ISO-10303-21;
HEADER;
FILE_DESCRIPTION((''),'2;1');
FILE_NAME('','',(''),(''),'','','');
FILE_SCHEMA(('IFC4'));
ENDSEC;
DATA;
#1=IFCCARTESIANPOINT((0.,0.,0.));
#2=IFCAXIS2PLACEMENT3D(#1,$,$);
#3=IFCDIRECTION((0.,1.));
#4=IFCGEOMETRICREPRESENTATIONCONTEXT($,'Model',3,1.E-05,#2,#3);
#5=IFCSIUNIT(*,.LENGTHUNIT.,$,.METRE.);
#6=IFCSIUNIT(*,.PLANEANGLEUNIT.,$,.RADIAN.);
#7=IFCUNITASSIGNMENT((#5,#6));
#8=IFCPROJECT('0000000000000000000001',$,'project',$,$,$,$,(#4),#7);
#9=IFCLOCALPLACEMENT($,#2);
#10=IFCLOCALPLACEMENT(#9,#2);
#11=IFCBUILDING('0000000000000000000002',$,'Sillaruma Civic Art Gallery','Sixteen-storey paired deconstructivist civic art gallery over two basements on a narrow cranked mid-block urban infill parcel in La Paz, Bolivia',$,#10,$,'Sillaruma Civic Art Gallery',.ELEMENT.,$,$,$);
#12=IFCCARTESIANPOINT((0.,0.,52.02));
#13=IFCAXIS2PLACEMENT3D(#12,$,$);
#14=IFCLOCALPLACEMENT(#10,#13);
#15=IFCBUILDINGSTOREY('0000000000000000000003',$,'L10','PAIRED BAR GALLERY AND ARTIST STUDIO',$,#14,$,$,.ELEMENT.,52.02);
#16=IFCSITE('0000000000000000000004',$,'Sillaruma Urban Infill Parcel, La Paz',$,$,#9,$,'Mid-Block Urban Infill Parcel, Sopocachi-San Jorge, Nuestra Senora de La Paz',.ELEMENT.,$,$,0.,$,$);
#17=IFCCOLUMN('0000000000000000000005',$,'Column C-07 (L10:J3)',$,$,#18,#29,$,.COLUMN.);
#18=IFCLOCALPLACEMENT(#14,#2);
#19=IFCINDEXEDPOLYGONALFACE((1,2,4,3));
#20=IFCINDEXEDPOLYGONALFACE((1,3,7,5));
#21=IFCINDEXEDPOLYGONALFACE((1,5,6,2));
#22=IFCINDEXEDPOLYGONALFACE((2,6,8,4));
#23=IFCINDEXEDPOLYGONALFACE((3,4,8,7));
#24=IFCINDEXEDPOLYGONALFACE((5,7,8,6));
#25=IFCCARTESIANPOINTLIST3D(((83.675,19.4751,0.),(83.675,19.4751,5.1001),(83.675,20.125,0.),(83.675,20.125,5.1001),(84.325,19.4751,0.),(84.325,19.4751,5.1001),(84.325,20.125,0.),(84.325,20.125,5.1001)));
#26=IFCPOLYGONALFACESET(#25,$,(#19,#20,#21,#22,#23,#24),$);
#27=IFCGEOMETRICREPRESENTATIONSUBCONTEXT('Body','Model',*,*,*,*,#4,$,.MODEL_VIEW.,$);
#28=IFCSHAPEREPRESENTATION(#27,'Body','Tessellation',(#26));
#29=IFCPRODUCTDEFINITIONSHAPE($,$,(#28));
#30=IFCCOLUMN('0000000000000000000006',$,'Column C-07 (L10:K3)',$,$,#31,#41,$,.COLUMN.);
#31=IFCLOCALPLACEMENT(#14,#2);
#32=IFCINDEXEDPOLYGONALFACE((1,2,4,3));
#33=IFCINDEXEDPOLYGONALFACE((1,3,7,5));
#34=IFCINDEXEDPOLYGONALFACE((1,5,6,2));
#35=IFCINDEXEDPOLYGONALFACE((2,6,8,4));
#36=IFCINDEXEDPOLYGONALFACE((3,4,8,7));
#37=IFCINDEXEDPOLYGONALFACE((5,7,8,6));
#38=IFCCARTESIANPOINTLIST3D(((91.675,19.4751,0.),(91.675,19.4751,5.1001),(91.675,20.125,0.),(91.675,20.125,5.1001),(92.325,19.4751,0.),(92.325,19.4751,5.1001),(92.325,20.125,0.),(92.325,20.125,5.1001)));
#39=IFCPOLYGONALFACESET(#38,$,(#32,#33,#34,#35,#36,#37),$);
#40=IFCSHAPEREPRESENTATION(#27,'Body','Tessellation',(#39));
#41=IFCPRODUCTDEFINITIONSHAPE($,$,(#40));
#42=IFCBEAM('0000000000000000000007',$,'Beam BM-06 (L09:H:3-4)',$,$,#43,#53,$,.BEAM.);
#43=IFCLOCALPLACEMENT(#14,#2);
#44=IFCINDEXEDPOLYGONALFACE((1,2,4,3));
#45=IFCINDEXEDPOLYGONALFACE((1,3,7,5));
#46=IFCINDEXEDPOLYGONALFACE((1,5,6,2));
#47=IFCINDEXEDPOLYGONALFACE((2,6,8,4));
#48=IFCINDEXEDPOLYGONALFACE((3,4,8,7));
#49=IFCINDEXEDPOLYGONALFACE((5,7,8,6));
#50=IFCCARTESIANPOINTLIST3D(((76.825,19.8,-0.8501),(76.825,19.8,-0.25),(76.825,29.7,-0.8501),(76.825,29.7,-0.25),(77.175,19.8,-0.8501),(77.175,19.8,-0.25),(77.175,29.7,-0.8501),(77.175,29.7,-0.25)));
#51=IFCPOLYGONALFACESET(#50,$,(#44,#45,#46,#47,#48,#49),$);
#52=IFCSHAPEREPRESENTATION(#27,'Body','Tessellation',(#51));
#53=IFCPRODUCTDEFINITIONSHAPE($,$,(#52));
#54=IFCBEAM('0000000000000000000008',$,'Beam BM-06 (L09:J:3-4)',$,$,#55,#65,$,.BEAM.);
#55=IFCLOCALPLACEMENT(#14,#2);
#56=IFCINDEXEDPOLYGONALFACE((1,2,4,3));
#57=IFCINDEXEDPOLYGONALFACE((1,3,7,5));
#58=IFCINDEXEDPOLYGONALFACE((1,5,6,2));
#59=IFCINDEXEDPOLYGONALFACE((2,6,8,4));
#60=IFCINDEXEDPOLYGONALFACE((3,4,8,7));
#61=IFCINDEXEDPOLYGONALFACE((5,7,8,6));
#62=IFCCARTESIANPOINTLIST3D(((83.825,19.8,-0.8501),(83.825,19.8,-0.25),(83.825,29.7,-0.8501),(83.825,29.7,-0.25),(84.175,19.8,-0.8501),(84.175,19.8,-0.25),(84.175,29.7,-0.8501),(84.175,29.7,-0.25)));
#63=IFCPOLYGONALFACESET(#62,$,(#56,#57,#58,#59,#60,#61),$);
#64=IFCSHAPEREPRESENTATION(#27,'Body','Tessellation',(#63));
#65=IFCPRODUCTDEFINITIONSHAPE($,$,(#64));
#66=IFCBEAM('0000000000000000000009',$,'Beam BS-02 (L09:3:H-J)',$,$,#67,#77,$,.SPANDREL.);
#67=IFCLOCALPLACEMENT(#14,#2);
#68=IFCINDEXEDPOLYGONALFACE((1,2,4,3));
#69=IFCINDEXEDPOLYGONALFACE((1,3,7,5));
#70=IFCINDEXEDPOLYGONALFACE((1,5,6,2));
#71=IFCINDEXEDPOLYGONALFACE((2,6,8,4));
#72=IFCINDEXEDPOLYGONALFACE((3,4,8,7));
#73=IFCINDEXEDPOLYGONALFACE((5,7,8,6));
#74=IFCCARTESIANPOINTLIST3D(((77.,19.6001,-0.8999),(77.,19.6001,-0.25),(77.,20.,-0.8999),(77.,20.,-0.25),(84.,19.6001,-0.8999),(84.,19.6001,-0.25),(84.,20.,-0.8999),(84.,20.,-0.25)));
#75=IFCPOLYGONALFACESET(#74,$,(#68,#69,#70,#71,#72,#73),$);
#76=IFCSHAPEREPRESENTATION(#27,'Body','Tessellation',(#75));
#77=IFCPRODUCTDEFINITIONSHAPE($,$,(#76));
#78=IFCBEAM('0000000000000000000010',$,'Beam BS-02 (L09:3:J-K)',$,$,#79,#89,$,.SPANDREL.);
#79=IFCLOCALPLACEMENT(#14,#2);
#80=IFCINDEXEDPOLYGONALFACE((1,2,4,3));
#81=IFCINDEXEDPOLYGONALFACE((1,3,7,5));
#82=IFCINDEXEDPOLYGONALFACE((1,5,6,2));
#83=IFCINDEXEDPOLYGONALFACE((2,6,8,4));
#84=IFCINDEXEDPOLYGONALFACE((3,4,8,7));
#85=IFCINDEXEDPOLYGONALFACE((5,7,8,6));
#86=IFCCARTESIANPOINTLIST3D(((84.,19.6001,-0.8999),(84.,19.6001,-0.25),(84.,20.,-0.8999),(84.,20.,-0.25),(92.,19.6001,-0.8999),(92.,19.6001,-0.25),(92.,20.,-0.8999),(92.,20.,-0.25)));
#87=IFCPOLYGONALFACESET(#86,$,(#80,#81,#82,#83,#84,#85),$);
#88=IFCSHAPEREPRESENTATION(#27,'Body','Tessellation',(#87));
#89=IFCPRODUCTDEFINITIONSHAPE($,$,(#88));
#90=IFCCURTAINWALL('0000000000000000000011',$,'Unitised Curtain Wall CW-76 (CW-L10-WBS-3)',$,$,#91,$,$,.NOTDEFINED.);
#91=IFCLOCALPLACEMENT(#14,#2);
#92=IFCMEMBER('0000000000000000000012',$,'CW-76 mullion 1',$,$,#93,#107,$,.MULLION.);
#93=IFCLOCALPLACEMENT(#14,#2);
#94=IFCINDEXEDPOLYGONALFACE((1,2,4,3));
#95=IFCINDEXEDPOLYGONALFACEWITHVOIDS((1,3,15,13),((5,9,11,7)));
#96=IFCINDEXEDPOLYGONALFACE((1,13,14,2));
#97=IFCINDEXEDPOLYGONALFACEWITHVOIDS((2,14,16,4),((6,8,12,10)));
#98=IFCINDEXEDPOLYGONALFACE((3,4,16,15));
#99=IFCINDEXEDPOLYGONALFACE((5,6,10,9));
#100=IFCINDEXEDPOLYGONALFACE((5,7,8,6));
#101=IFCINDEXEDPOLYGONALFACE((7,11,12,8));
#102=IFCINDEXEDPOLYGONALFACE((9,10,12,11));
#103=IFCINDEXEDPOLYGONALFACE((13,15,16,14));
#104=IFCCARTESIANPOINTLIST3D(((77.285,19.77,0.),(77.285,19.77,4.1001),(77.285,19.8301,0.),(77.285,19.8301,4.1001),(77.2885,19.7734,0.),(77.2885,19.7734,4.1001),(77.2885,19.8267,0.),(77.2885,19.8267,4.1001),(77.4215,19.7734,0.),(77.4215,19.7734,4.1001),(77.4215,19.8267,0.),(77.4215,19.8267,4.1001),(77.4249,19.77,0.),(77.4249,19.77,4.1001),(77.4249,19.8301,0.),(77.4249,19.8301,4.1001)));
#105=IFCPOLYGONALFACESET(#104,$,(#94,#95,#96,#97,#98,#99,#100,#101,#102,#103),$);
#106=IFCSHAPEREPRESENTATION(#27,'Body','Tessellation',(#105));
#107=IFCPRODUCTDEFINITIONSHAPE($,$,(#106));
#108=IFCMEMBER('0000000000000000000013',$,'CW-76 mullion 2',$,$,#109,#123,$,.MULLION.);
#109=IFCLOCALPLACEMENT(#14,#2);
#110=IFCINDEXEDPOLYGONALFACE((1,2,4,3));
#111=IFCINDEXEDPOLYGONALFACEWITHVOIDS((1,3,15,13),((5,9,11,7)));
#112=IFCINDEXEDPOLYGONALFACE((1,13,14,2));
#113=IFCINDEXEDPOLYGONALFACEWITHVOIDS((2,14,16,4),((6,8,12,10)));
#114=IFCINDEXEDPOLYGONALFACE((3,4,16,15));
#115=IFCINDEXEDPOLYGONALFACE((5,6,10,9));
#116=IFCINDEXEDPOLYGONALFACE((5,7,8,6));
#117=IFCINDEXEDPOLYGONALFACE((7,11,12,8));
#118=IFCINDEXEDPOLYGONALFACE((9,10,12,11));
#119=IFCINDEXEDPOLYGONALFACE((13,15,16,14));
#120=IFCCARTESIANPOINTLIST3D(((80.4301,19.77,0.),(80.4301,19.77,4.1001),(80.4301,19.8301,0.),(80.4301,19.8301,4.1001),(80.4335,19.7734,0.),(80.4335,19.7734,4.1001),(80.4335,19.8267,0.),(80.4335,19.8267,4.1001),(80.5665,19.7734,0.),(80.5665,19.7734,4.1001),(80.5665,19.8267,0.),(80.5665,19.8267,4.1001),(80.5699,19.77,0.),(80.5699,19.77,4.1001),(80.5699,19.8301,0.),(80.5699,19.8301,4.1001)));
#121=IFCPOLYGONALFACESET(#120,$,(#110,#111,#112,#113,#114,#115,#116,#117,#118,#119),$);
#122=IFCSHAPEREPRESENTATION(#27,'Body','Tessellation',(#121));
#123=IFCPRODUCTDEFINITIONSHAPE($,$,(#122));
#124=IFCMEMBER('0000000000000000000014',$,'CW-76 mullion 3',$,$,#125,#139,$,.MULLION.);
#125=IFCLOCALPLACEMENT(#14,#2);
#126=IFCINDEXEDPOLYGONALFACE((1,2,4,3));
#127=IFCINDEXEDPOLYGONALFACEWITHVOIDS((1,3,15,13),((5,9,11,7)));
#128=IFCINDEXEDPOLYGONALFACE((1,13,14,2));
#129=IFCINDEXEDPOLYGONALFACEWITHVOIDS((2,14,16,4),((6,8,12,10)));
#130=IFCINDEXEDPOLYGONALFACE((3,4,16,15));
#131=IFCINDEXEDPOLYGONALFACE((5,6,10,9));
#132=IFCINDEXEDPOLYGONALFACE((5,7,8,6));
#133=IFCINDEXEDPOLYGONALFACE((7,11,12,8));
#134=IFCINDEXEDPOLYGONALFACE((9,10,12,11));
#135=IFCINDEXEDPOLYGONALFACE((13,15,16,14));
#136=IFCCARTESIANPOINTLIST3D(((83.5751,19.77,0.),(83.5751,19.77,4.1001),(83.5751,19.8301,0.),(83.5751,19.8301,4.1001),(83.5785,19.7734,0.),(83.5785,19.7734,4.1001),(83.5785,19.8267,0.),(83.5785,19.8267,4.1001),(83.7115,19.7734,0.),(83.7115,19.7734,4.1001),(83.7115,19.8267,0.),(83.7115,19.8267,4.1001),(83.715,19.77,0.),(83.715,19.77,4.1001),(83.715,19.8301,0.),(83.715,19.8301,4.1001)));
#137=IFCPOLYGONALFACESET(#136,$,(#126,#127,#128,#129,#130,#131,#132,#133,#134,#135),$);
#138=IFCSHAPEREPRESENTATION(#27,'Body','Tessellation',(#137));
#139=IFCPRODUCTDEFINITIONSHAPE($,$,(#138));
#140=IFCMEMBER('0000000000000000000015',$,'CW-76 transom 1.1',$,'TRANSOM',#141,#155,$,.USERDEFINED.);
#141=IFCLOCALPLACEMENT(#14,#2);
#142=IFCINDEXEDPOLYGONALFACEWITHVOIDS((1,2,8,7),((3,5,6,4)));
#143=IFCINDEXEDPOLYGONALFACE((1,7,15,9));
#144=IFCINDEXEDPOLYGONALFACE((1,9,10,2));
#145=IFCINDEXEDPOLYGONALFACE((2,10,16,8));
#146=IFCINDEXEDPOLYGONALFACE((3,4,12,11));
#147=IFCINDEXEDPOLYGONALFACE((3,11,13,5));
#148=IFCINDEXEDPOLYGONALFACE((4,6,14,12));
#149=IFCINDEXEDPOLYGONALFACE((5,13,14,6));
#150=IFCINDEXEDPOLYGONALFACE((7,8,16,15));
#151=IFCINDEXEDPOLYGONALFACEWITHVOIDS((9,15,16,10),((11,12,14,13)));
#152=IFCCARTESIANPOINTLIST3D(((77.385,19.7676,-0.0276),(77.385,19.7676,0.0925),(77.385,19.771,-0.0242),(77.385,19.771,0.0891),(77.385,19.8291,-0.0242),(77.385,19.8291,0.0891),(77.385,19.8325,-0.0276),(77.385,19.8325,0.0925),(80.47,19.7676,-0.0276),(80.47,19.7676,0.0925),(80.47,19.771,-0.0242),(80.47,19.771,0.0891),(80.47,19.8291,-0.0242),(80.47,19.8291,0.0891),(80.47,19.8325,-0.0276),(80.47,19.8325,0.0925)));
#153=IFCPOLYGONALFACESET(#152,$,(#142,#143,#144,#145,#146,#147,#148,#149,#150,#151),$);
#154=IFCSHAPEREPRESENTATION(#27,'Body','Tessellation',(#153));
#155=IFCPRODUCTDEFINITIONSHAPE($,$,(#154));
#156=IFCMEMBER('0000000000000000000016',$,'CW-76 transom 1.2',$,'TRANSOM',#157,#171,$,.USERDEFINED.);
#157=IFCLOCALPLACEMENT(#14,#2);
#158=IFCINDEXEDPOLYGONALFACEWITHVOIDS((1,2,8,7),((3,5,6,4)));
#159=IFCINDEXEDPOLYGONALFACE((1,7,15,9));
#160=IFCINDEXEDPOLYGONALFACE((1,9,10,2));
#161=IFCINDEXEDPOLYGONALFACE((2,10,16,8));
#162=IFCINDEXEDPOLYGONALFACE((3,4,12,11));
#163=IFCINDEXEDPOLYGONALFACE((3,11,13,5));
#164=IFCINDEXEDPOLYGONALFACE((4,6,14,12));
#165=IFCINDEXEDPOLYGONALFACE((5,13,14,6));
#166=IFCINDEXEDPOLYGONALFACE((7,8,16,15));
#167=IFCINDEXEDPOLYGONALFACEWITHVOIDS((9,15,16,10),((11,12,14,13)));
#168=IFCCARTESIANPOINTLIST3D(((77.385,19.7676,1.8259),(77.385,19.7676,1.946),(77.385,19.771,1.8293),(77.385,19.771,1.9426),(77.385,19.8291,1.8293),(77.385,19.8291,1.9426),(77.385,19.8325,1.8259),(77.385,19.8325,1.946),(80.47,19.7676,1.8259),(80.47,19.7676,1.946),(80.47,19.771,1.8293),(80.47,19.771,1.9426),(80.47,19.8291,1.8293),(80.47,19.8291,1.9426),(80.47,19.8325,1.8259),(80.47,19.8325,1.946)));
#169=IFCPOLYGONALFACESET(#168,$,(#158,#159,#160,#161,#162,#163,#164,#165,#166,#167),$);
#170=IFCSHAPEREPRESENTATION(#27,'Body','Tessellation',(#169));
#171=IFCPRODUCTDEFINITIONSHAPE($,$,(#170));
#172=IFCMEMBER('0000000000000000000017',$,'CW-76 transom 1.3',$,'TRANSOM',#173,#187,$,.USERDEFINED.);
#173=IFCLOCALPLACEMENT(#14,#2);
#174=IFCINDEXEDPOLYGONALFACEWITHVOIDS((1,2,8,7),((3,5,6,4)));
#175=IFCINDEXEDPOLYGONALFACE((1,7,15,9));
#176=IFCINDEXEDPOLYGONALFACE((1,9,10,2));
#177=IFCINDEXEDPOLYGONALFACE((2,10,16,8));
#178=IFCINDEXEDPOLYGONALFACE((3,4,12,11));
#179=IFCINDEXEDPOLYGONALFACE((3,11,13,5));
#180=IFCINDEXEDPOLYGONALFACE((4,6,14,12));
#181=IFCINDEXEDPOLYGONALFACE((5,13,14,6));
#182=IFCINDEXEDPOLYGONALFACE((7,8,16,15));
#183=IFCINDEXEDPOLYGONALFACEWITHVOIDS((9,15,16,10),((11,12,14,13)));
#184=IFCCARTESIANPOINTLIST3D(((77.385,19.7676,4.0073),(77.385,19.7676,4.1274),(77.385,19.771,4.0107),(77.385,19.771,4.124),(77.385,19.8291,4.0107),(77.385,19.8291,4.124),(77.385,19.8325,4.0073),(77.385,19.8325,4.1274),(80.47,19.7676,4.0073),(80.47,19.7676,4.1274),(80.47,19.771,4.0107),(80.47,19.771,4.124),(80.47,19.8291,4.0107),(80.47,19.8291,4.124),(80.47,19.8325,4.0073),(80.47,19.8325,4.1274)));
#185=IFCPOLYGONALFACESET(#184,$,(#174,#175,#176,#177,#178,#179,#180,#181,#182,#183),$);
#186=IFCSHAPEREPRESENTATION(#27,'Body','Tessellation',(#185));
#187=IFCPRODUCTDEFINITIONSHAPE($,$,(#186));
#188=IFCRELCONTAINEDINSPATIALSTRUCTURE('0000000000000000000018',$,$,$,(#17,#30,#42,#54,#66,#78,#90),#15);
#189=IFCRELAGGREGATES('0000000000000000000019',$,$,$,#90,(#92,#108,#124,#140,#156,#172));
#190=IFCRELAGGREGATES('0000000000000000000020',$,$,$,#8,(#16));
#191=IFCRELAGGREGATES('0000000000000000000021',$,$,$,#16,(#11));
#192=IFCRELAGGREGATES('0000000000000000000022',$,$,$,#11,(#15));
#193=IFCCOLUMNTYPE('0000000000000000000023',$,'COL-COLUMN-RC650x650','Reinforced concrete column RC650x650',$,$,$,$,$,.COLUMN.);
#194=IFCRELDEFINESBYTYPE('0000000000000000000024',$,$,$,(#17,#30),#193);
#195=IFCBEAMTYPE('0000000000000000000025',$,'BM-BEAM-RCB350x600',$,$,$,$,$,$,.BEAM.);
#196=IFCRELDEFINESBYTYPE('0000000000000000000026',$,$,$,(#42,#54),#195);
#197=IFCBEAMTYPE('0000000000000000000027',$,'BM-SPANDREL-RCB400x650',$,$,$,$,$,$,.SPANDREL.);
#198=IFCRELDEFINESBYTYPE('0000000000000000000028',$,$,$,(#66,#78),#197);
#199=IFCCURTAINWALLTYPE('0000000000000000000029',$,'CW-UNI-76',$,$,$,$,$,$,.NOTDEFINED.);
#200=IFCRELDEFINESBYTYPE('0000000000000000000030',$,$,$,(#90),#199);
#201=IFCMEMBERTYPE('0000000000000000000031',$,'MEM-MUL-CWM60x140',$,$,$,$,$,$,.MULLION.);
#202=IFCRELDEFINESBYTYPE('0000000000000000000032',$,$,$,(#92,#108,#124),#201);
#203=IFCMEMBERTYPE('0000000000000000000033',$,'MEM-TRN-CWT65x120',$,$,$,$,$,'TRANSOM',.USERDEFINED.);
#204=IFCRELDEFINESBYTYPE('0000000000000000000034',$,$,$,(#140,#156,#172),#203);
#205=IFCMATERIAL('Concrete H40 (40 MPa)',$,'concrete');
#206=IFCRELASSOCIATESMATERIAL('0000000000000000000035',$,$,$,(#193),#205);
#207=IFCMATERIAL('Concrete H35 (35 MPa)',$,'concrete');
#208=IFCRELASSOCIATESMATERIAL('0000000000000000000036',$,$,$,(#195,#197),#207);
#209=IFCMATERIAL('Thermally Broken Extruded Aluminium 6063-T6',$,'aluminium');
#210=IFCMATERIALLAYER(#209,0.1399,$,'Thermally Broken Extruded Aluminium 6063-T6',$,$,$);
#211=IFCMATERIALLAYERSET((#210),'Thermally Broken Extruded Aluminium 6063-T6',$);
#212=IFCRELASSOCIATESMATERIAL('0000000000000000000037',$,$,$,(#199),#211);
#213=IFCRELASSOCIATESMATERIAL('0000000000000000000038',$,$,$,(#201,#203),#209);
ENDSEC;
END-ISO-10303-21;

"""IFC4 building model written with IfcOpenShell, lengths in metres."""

from ifc_helpers import new_model, si_unit, direction, frame, origin, origin_2d, place, context, subcontext, project, spatial, rectangle, hollow_rectangle, extrude, material, layer, layer_set, material_profile, profile_set, type_object, element, aggregate, save


model = new_model("IFC4")

# Units and contexts
model_context = context("Model", 3, precision=1e-05, world=origin(), true_north=direction((0.0, 1.0)))
body_context = subcontext(model_context, "Body", "Model", "MODEL_VIEW")
ifc_project = project(units=[si_unit("LENGTHUNIT", "METRE"), si_unit("PLANEANGLEUNIT", "RADIAN")], contexts=[model_context])

# Site, building, storey
site_placement = place(None, origin())
site = spatial("IfcSite", under=ifc_project, at=site_placement, Name="Sillaruma Urban Infill Parcel, La Paz", LongName="Mid-Block Urban Infill Parcel, Sopocachi-San Jorge, Nuestra Senora de La Paz", CompositionType="ELEMENT", RefElevation=0.0)
building_placement = place(site_placement, origin())
building = spatial("IfcBuilding", under=site, at=building_placement, Name="Sillaruma Civic Art Gallery", Description="Sixteen-storey paired deconstructivist civic art gallery over two basements on a narrow cranked mid-block urban infill parcel in La Paz, Bolivia", LongName="Sillaruma Civic Art Gallery", CompositionType="ELEMENT")
storey_placement = place(building_placement, frame((0.0, 0.0, 52.02)))
storey = spatial("IfcBuildingStorey", under=building, at=storey_placement, Name="L10", Description="PAIRED BAR GALLERY AND ARTIST STUDIO", CompositionType="ELEMENT", Elevation=52.02)

# Columns
ifc_material_1 = material(Name="Concrete H40 (40 MPa)", Category="concrete")
ifc_material_profile_1 = material_profile(ifc_material_1, rectangle(XDim=0.6499, YDim=0.6499, at=origin_2d()), Name="RC650x650")
ifc_profile_set_1 = profile_set([ifc_material_profile_1], Name="Concrete H40 (40 MPa)")
column_type = type_object("IfcColumnType", Name="COL-COLUMN-RC650x650", Description="Reinforced concrete column RC650x650", PredefinedType="COLUMN", material=ifc_profile_set_1)
for number, where, z_axis, x_axis, name in (
    (1, (84.0, 19.8, 0.0), (0.0, 0.0, 1.0), (1.0, 0.0, 0.0), "Column C-07 (L10:J3)"),
    (2, (92.0, 19.8, 0.0), (0.0, 0.0, 1.0), (1.0, 0.0, 0.0), "Column C-07 (L10:K3)"),
):
    element("IfcColumn", number, at=place(storey_placement, frame(where, z_axis=z_axis, x_axis=x_axis)), inside=storey, type_object=column_type, Name=name, PredefinedType="COLUMN", context=body_context, shape_type="SweptSolid", body=[
        extrude(rectangle(XDim=0.6499, YDim=0.6499, at=origin_2d()), origin(), (0.0, 0.0, 1.0), 5.1001),
    ])

# Beams
ifc_material_2 = material(Name="Concrete H35 (35 MPa)", Category="concrete")
ifc_material_profile_2 = material_profile(ifc_material_2, rectangle(XDim=0.3501, YDim=0.6001, at=origin_2d()), Name="RCB350x600")
ifc_profile_set_2 = profile_set([ifc_material_profile_2], Name="Concrete H35 (35 MPa)")
beam_type_1 = type_object("IfcBeamType", Name="BM-BEAM-RCB350x600", PredefinedType="BEAM", material=ifc_profile_set_2)
for number, where, z_axis, x_axis, name in (
    (3, (77.0, 19.8, -0.55), (0.0, 1.0, 0.0), (-1.0, 0.0, 0.0), "Beam BM-06 (L09:H:3-4)"),
    (4, (84.0, 19.8, -0.55), (0.0, 1.0, 0.0), (-1.0, 0.0, 0.0), "Beam BM-06 (L09:J:3-4)"),
):
    element("IfcBeam", number, at=place(storey_placement, frame(where, z_axis=z_axis, x_axis=x_axis)), inside=storey, type_object=beam_type_1, Name=name, PredefinedType="BEAM", context=body_context, shape_type="SweptSolid", body=[
        extrude(rectangle(XDim=0.3501, YDim=0.6001, at=origin_2d()), origin(), (0.0, 0.0, 1.0), 9.8999),
    ])
ifc_material_profile_3 = material_profile(ifc_material_2, rectangle(XDim=0.3999, YDim=0.6499, at=origin_2d()), Name="RCB400x650")
ifc_profile_set_3 = profile_set([ifc_material_profile_3], Name="Concrete H35 (35 MPa)")
beam_type_2 = type_object("IfcBeamType", Name="BM-SPANDREL-RCB400x650", PredefinedType="SPANDREL", material=ifc_profile_set_3)
beam_1_placement = place(storey_placement, frame((77.0, 19.8, -0.575), z_axis=(1.0, 0.0, 0.0), x_axis=(0.0, 1.0, 0.0)))
element("IfcBeam", 5, at=beam_1_placement, inside=storey, type_object=beam_type_2, Name="Beam BS-02 (L09:3:H-J)", PredefinedType="SPANDREL", context=body_context, shape_type="SweptSolid", body=[
    extrude(rectangle(XDim=0.3999, YDim=0.6499, at=origin_2d()), origin(), (0.0, 0.0, 1.0), 7.0),
])
beam_2_placement = place(storey_placement, frame((84.0, 19.8, -0.575), z_axis=(1.0, 0.0, 0.0), x_axis=(0.0, 1.0, 0.0)))
element("IfcBeam", 6, at=beam_2_placement, inside=storey, type_object=beam_type_2, Name="Beam BS-02 (L09:3:J-K)", PredefinedType="SPANDREL", context=body_context, shape_type="SweptSolid", body=[
    extrude(rectangle(XDim=0.3999, YDim=0.6499, at=origin_2d()), origin(), (0.0, 0.0, 1.0), 8.0),
])

# Curtain wall, members
ifc_material_3 = material(Name="Thermally Broken Extruded Aluminium 6063-T6", Category="aluminium")
ifc_layer_1 = layer(ifc_material_3, 0.1399, Name="Thermally Broken Extruded Aluminium 6063-T6")
ifc_layer_set_1 = layer_set([ifc_layer_1], Name="Thermally Broken Extruded Aluminium 6063-T6")
curtain_wall_type = type_object("IfcCurtainWallType", Name="CW-UNI-76", PredefinedType="NOTDEFINED", material=ifc_layer_set_1)
curtain_wall_placement = place(storey_placement, origin())
curtain_wall = element("IfcCurtainWall", 7, at=curtain_wall_placement, inside=storey, type_object=curtain_wall_type, Name="Unitised Curtain Wall CW-76 (CW-L10-WBS-3)", PredefinedType="NOTDEFINED")
ifc_material_profile_4 = material_profile(ifc_material_3, hollow_rectangle(XDim=0.0601, YDim=0.1399, WallThickness=0.0034, at=origin_2d()), Name="CWM60x140")
ifc_profile_set_4 = profile_set([ifc_material_profile_4], Name="Thermally Broken Extruded Aluminium 6063-T6")
member_type_1 = type_object("IfcMemberType", Name="MEM-MUL-CWM60x140", PredefinedType="MULLION", material=ifc_profile_set_4)
member_1_placement = place(storey_placement, frame((77.355, 19.8, 0.0), z_axis=(0.0, 0.0, 1.0), x_axis=(0.0, 1.0, 0.0)))
member_1 = element("IfcMember", 8, at=member_1_placement, type_object=member_type_1, Name="CW-76 mullion 1", PredefinedType="MULLION", context=body_context, shape_type="SweptSolid", body=[
    extrude(hollow_rectangle(XDim=0.0601, YDim=0.1399, WallThickness=0.0034, at=origin_2d()), origin(), (0.0, 0.0, 1.0), 4.1001),
])
member_2_placement = place(storey_placement, frame((80.5, 19.8, 0.0), z_axis=(0.0, 0.0, 1.0), x_axis=(0.0, 1.0, 0.0)))
member_2 = element("IfcMember", 9, at=member_2_placement, type_object=member_type_1, Name="CW-76 mullion 2", PredefinedType="MULLION", context=body_context, shape_type="SweptSolid", body=[
    extrude(hollow_rectangle(XDim=0.0601, YDim=0.1399, WallThickness=0.0034, at=origin_2d()), origin(), (0.0, 0.0, 1.0), 4.1001),
])
member_3_placement = place(storey_placement, frame((83.645, 19.8, 0.0), z_axis=(0.0, 0.0, 1.0), x_axis=(0.0, 1.0, 0.0)))
member_3 = element("IfcMember", 10, at=member_3_placement, type_object=member_type_1, Name="CW-76 mullion 3", PredefinedType="MULLION", context=body_context, shape_type="SweptSolid", body=[
    extrude(hollow_rectangle(XDim=0.0601, YDim=0.1399, WallThickness=0.0034, at=origin_2d()), origin(), (0.0, 0.0, 1.0), 4.1001),
])
ifc_material_profile_5 = material_profile(ifc_material_3, hollow_rectangle(XDim=0.0649, YDim=0.1201, WallThickness=0.0034, at=origin_2d()), Name="CWT65x120")
ifc_profile_set_5 = profile_set([ifc_material_profile_5], Name="Thermally Broken Extruded Aluminium 6063-T6")
member_type_2 = type_object("IfcMemberType", Name="MEM-TRN-CWT65x120", ElementType="TRANSOM", PredefinedType="USERDEFINED", material=ifc_profile_set_5)
member_4_placement = place(storey_placement, frame((77.385, 19.8, 0.0325), z_axis=(1.0, 0.0, 0.0), x_axis=(0.0, 1.0, 0.0)))
member_4 = element("IfcMember", 11, at=member_4_placement, type_object=member_type_2, Name="CW-76 transom 1.1", ObjectType="TRANSOM", PredefinedType="USERDEFINED", context=body_context, shape_type="SweptSolid", body=[
    extrude(hollow_rectangle(XDim=0.0649, YDim=0.1201, WallThickness=0.0034, at=origin_2d()), origin(), (0.0, 0.0, 1.0), 3.085),
])
member_5_placement = place(storey_placement, frame((77.385, 19.8, 1.886), z_axis=(1.0, 0.0, 0.0), x_axis=(0.0, 1.0, 0.0)))
member_5 = element("IfcMember", 12, at=member_5_placement, type_object=member_type_2, Name="CW-76 transom 1.2", ObjectType="TRANSOM", PredefinedType="USERDEFINED", context=body_context, shape_type="SweptSolid", body=[
    extrude(hollow_rectangle(XDim=0.0649, YDim=0.1201, WallThickness=0.0034, at=origin_2d()), origin(), (0.0, 0.0, 1.0), 3.085),
])
member_6_placement = place(storey_placement, frame((77.385, 19.8, 4.0674), z_axis=(1.0, 0.0, 0.0), x_axis=(0.0, 1.0, 0.0)))
member_6 = element("IfcMember", 13, at=member_6_placement, type_object=member_type_2, Name="CW-76 transom 1.3", ObjectType="TRANSOM", PredefinedType="USERDEFINED", context=body_context, shape_type="SweptSolid", body=[
    extrude(hollow_rectangle(XDim=0.0649, YDim=0.1201, WallThickness=0.0034, at=origin_2d()), origin(), (0.0, 0.0, 1.0), 3.085),
])
aggregate(curtain_wall, [member_1, member_2, member_3, member_4, member_5, member_6])

save(model, "model.ifc")
